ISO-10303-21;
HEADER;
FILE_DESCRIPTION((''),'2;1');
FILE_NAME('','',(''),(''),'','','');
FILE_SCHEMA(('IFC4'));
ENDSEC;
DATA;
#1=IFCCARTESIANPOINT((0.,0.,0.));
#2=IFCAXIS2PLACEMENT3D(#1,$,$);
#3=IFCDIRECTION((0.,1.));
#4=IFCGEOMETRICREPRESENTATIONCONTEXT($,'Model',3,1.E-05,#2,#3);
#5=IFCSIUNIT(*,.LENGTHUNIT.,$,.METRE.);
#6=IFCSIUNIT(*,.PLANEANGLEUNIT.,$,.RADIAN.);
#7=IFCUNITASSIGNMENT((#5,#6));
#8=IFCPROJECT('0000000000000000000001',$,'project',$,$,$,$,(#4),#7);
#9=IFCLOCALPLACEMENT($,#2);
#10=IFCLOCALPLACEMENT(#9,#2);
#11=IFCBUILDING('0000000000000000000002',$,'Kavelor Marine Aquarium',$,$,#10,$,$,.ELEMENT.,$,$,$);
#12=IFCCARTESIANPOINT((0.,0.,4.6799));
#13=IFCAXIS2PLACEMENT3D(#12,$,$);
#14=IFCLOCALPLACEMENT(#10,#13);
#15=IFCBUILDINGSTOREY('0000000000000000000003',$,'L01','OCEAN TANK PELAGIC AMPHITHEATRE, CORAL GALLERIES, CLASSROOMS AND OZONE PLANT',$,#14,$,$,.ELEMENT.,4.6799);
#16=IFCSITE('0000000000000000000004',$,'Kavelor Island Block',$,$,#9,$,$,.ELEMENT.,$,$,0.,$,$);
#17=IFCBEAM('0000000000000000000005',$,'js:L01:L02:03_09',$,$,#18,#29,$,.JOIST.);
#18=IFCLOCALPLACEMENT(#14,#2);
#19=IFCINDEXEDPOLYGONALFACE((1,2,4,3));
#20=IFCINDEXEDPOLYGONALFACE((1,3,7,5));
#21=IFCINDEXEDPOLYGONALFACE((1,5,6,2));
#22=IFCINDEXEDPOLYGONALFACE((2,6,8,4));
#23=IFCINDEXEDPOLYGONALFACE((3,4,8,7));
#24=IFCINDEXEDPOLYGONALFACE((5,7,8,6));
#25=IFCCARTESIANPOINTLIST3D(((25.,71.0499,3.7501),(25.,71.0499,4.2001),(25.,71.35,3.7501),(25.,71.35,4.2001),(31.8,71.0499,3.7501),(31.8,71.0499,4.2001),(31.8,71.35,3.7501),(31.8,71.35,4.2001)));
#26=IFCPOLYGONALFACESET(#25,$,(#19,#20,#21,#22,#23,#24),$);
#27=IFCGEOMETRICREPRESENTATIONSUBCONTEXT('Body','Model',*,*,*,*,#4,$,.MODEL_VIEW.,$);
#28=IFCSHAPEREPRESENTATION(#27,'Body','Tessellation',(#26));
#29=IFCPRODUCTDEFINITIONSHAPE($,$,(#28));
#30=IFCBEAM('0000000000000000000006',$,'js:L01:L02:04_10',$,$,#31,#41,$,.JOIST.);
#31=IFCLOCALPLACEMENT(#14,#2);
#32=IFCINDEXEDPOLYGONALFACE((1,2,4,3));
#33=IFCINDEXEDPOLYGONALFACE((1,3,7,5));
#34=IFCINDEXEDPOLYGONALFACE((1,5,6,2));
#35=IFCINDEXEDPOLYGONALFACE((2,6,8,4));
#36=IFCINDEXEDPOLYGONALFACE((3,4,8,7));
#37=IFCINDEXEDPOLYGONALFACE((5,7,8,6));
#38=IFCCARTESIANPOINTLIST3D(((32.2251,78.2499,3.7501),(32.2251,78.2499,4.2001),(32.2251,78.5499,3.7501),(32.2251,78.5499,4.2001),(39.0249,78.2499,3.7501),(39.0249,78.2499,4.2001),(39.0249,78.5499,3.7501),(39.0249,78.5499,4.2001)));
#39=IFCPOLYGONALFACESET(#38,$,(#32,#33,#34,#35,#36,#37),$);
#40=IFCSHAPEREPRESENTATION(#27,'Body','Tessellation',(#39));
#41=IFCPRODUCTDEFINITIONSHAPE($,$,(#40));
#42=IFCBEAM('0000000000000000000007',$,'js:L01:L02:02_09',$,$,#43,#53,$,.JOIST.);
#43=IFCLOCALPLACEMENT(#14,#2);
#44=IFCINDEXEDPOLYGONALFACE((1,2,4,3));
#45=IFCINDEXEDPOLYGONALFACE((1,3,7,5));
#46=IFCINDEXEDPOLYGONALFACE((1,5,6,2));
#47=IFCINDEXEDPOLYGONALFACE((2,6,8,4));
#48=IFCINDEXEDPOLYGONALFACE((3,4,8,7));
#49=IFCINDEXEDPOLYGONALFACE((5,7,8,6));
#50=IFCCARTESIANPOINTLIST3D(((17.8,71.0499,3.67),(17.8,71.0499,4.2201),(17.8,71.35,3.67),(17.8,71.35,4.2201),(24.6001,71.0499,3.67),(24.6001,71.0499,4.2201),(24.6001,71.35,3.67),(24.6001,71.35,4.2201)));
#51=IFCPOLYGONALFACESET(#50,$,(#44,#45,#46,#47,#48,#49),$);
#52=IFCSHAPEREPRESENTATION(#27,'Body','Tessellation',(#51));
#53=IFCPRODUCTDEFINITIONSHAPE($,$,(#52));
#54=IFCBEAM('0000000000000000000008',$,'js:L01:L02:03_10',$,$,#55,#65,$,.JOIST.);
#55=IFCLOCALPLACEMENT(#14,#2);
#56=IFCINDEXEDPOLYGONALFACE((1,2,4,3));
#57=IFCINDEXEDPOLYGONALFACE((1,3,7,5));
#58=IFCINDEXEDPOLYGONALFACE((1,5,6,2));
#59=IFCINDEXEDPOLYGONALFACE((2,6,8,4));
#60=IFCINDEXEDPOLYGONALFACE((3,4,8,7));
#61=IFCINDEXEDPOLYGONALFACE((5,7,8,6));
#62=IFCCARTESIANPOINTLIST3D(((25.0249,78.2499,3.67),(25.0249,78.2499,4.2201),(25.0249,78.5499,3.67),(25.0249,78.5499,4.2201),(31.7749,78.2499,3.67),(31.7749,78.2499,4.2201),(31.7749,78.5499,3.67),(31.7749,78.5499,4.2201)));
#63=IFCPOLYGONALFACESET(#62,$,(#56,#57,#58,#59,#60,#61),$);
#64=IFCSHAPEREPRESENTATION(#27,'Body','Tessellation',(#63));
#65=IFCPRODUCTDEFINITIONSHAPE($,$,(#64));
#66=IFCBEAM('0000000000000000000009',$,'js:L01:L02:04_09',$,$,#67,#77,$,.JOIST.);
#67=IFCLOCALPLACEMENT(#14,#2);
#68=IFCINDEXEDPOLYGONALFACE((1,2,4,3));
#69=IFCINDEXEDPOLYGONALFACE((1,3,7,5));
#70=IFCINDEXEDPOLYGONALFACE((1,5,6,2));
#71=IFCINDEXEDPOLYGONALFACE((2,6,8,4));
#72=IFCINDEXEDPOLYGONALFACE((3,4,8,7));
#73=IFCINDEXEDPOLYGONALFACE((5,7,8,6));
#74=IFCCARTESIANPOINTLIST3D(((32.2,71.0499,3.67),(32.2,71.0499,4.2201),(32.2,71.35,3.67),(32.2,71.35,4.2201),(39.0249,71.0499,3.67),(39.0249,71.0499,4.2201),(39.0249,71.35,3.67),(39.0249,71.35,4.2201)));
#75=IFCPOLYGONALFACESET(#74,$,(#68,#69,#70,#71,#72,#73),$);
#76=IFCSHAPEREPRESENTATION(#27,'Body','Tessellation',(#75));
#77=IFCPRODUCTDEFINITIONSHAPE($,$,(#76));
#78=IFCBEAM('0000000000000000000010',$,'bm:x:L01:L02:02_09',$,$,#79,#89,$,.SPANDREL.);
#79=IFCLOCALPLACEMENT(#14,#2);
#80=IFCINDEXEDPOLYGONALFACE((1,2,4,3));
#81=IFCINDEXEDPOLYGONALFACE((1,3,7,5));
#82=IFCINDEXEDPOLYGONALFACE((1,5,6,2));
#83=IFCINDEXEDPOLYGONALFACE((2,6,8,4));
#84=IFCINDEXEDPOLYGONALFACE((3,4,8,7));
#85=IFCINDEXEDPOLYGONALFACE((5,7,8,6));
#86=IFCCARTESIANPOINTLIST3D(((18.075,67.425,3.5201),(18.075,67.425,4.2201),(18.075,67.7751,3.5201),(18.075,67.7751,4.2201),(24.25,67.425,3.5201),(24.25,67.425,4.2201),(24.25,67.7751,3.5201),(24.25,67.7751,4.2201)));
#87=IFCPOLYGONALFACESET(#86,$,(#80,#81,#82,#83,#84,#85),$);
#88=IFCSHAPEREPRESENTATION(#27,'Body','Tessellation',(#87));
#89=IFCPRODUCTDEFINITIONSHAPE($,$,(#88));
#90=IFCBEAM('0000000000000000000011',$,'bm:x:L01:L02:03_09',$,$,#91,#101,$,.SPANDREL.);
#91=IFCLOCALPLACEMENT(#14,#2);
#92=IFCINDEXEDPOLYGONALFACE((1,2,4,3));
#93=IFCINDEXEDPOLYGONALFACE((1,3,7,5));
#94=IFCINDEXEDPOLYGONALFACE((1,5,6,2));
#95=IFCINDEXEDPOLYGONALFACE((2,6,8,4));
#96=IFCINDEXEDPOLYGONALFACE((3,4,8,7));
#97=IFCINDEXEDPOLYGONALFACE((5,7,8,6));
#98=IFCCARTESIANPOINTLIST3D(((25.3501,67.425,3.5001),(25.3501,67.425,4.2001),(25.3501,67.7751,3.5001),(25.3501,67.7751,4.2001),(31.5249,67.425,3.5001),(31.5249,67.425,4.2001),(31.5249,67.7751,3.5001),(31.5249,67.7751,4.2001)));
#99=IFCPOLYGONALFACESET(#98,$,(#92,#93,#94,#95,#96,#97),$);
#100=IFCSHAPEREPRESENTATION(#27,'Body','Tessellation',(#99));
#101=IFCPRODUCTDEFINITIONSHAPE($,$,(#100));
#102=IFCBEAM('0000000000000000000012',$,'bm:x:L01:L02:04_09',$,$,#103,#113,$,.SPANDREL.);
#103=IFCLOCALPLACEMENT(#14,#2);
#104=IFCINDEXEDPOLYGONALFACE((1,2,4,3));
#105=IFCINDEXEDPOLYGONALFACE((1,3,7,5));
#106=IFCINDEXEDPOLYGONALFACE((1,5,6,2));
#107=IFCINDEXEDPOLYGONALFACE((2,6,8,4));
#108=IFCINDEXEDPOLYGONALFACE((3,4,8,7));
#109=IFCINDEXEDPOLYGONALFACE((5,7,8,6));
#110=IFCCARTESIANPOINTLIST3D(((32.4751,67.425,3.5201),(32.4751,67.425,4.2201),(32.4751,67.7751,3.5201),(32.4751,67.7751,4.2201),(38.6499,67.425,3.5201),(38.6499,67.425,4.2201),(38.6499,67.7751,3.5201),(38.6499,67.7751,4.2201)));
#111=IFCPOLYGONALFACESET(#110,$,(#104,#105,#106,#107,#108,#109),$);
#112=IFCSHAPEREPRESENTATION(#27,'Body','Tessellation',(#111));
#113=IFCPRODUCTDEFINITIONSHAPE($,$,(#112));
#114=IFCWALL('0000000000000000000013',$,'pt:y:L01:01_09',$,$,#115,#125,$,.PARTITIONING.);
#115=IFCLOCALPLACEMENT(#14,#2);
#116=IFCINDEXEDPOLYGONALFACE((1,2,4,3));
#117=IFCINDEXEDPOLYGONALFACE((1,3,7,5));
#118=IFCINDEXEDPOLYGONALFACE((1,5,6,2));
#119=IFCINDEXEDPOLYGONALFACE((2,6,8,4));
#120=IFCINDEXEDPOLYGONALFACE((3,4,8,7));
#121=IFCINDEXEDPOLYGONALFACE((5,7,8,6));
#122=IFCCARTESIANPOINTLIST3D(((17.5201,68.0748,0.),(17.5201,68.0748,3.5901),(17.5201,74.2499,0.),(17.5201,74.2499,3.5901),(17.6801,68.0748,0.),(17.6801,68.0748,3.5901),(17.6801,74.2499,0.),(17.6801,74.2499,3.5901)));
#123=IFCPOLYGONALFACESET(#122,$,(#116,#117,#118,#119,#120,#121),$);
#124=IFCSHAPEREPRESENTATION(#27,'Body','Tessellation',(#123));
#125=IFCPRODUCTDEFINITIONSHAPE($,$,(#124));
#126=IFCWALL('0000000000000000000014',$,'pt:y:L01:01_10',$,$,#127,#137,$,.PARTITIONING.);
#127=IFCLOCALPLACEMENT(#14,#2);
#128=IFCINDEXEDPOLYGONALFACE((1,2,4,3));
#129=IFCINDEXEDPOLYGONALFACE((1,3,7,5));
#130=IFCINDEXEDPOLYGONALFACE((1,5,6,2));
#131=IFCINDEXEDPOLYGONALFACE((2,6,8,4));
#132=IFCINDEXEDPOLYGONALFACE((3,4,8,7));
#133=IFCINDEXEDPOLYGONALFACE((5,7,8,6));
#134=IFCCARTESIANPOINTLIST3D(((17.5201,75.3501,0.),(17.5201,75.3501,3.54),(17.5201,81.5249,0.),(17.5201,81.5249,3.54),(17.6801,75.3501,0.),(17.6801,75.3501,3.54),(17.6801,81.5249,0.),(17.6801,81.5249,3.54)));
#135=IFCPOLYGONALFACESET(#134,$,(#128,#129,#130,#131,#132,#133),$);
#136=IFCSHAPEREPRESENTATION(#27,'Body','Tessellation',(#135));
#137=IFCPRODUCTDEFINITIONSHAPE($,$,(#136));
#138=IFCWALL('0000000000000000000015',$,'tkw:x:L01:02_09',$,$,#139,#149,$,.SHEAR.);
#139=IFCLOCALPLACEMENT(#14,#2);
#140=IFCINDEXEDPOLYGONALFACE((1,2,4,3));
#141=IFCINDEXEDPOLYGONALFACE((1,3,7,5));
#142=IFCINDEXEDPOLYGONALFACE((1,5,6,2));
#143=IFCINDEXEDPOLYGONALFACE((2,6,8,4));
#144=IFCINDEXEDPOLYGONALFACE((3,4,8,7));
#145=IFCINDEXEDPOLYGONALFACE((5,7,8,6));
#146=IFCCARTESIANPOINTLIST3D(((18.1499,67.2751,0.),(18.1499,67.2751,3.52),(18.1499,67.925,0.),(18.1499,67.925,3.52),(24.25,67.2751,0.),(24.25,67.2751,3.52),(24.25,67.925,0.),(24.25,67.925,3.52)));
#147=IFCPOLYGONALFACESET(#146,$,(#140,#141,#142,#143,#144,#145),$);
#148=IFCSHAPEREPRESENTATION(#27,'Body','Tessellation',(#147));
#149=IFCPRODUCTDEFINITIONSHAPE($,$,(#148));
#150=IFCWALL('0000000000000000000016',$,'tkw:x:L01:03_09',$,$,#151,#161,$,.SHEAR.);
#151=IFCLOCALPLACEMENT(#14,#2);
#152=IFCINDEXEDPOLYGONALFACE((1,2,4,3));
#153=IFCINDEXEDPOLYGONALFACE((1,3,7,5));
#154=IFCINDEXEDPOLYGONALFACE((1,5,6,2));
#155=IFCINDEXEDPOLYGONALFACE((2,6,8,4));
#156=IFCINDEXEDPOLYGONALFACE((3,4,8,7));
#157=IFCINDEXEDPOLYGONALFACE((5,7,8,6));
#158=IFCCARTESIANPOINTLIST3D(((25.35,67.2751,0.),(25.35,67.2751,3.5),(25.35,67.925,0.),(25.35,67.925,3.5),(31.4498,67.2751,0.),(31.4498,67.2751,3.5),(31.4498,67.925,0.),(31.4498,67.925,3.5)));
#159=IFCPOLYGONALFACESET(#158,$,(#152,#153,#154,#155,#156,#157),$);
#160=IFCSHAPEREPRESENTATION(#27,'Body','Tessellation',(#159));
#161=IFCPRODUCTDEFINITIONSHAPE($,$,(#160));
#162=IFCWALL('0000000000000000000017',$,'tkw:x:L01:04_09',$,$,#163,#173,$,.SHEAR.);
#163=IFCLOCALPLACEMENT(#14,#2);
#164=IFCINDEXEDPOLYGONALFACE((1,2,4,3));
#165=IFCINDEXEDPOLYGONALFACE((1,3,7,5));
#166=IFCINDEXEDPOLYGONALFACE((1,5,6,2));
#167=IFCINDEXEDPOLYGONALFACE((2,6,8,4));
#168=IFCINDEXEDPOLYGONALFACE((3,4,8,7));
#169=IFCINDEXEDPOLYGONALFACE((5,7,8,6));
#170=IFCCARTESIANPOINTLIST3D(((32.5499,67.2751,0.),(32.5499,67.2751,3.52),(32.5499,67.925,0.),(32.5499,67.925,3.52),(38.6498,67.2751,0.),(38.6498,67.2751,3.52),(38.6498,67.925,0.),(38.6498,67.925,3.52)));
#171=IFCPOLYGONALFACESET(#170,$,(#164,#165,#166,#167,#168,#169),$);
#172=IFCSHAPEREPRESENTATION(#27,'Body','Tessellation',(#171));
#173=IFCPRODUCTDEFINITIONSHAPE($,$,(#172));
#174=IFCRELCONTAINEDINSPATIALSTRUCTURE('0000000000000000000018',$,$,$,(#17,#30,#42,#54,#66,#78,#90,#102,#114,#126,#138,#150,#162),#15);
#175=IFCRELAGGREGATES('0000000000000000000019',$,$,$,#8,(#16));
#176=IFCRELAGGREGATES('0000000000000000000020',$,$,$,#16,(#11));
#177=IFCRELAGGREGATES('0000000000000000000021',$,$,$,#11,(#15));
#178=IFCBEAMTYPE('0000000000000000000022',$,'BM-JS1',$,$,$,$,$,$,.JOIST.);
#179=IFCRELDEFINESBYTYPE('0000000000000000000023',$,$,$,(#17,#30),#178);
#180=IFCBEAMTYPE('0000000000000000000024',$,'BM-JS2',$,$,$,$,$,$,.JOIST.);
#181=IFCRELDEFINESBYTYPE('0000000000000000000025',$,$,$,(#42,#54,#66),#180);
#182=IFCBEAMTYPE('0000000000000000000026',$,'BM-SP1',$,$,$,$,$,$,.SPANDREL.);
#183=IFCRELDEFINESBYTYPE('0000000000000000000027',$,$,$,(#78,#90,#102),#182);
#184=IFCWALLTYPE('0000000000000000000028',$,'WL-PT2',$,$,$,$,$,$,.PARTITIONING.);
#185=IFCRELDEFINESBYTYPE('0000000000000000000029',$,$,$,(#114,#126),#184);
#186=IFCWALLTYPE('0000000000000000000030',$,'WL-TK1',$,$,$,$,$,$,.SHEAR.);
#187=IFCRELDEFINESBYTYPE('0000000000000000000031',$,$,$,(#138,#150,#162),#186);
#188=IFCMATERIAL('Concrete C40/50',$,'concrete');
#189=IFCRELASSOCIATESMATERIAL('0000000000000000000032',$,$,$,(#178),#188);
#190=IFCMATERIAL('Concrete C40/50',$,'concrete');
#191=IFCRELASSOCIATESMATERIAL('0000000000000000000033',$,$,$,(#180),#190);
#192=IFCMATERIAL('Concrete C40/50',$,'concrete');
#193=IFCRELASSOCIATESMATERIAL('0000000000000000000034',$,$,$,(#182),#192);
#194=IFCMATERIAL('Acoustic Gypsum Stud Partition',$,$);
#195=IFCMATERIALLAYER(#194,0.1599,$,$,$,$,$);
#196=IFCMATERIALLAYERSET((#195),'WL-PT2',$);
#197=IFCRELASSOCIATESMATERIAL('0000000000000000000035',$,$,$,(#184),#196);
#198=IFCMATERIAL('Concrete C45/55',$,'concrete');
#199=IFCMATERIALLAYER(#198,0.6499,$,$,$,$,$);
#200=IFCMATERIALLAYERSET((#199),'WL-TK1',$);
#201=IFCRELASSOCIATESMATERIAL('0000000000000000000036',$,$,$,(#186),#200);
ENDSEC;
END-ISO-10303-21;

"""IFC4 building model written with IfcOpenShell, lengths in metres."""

from ifc_helpers import new_model, si_unit, direction, frame, frame_2d, origin, origin_2d, place, context, subcontext, project, spatial, rectangle, extrude, material, layer, layer_set, material_profile, profile_set, type_object, element, save


model = new_model("IFC4")

# Units and contexts
model_context = context("Model", 3, precision=1e-05, world=origin(), true_north=direction((0.0, 1.0)))
body_context = subcontext(model_context, "Body", "Model", "MODEL_VIEW")
ifc_project = project(units=[si_unit("LENGTHUNIT", "METRE"), si_unit("PLANEANGLEUNIT", "RADIAN")], contexts=[model_context])

# Site, building, storey
site_placement = place(None, origin())
site = spatial("IfcSite", under=ifc_project, at=site_placement, Name="Kavelor Island Block", CompositionType="ELEMENT", RefElevation=0.0)
building_placement = place(site_placement, origin())
building = spatial("IfcBuilding", under=site, at=building_placement, Name="Kavelor Marine Aquarium", CompositionType="ELEMENT")
storey_placement = place(building_placement, frame((0.0, 0.0, 4.6799)))
storey = spatial("IfcBuildingStorey", under=building, at=storey_placement, Name="L01", Description="OCEAN TANK PELAGIC AMPHITHEATRE, CORAL GALLERIES, CLASSROOMS AND OZONE PLANT", CompositionType="ELEMENT", Elevation=4.6799)

# Beams
ifc_material_1 = material(Name="Concrete C40/50", Category="concrete")
ifc_material_profile_1 = material_profile(ifc_material_1, rectangle(XDim=0.3, YDim=0.45, at=origin_2d()), Name="RC-JS 300x450")
ifc_profile_set_1 = profile_set([ifc_material_profile_1], Name="Concrete C40/50")
beam_type_1 = type_object("IfcBeamType", Name="BM-JS1", PredefinedType="JOIST", material=ifc_profile_set_1)
beam_1_placement = place(storey_placement, frame((25.0, 71.2, 3.9751), z_axis=(1.0, 0.0, 0.0), x_axis=(0.0, 1.0, 0.0)))
element("IfcBeam", 1, at=beam_1_placement, inside=storey, type_object=beam_type_1, Name="js:L01:L02:03_09", PredefinedType="JOIST", context=body_context, shape_type="SweptSolid", body=[
    extrude(rectangle(XDim=0.3, YDim=0.45, at=origin_2d()), origin(), (0.0, 0.0, 1.0), 6.8),
])
beam_2_placement = place(storey_placement, frame((32.2251, 78.3999, 3.9751), z_axis=(1.0, 0.0, 0.0), x_axis=(0.0, 1.0, 0.0)))
element("IfcBeam", 2, at=beam_2_placement, inside=storey, type_object=beam_type_1, Name="js:L01:L02:04_10", PredefinedType="JOIST", context=body_context, shape_type="SweptSolid", body=[
    extrude(rectangle(XDim=0.3, YDim=0.45, at=origin_2d()), origin(), (0.0, 0.0, 1.0), 6.7998),
])
ifc_material_2 = material(Name="Concrete C40/50", Category="concrete")
ifc_material_profile_2 = material_profile(ifc_material_2, rectangle(XDim=0.3, YDim=0.55, at=origin_2d()), Name="RC-JS 300x550")
ifc_profile_set_2 = profile_set([ifc_material_profile_2], Name="Concrete C40/50")
beam_type_2 = type_object("IfcBeamType", Name="BM-JS2", PredefinedType="JOIST", material=ifc_profile_set_2)
beam_3_placement = place(storey_placement, frame((17.8, 71.2, 3.9451), z_axis=(1.0, 0.0, 0.0), x_axis=(0.0, 1.0, 0.0)))
element("IfcBeam", 3, at=beam_3_placement, inside=storey, type_object=beam_type_2, Name="js:L01:L02:02_09", PredefinedType="JOIST", context=body_context, shape_type="SweptSolid", body=[
    extrude(rectangle(XDim=0.3, YDim=0.55, at=origin_2d()), origin(), (0.0, 0.0, 1.0), 6.8),
])
beam_4_placement = place(storey_placement, frame((25.0249, 78.3999, 3.9451), z_axis=(1.0, 0.0, 0.0), x_axis=(0.0, 1.0, 0.0)))
element("IfcBeam", 4, at=beam_4_placement, inside=storey, type_object=beam_type_2, Name="js:L01:L02:03_10", PredefinedType="JOIST", context=body_context, shape_type="SweptSolid", body=[
    extrude(rectangle(XDim=0.3, YDim=0.55, at=origin_2d()), origin(), (0.0, 0.0, 1.0), 6.75),
])
beam_5_placement = place(storey_placement, frame((32.2, 71.2, 3.9451), z_axis=(1.0, 0.0, 0.0), x_axis=(0.0, 1.0, 0.0)))
element("IfcBeam", 5, at=beam_5_placement, inside=storey, type_object=beam_type_2, Name="js:L01:L02:04_09", PredefinedType="JOIST", context=body_context, shape_type="SweptSolid", body=[
    extrude(rectangle(XDim=0.3, YDim=0.55, at=origin_2d()), origin(), (0.0, 0.0, 1.0), 6.825),
])
ifc_material_3 = material(Name="Concrete C40/50", Category="concrete")
ifc_material_profile_3 = material_profile(ifc_material_3, rectangle(XDim=0.3501, YDim=0.7, at=origin_2d()), Name="RC-SP 350x700")
ifc_profile_set_3 = profile_set([ifc_material_profile_3], Name="Concrete C40/50")
beam_type_3 = type_object("IfcBeamType", Name="BM-SP1", PredefinedType="SPANDREL", material=ifc_profile_set_3)
beam_6_placement = place(storey_placement, frame((18.075, 67.6001, 3.8701), z_axis=(1.0, 0.0, 0.0), x_axis=(0.0, 1.0, 0.0)))
element("IfcBeam", 6, at=beam_6_placement, inside=storey, type_object=beam_type_3, Name="bm:x:L01:L02:02_09", PredefinedType="SPANDREL", context=body_context, shape_type="SweptSolid", body=[
    extrude(rectangle(XDim=0.3501, YDim=0.7, at=origin_2d()), origin(), (0.0, 0.0, 1.0), 6.175),
])
for number, where, z_axis, x_axis, name in (
    (7, (25.3501, 67.6001, 3.8501), (1.0, 0.0, 0.0), (0.0, 1.0, 0.0), "bm:x:L01:L02:03_09"),
    (8, (32.4751, 67.6001, 3.8701), (1.0, 0.0, 0.0), (0.0, 1.0, 0.0), "bm:x:L01:L02:04_09"),
):
    element("IfcBeam", number, at=place(storey_placement, frame(where, z_axis=z_axis, x_axis=x_axis)), inside=storey, type_object=beam_type_3, Name=name, PredefinedType="SPANDREL", context=body_context, shape_type="SweptSolid", body=[
        extrude(rectangle(XDim=0.3501, YDim=0.7, at=origin_2d()), origin(), (0.0, 0.0, 1.0), 6.1748),
    ])

# Walls
ifc_material_4 = material(Name="Acoustic Gypsum Stud Partition")
ifc_layer_1 = layer(ifc_material_4, 0.1599)
ifc_layer_set_1 = layer_set([ifc_layer_1], Name="WL-PT2")
wall_type_1 = type_object("IfcWallType", Name="WL-PT2", PredefinedType="PARTITIONING", material=ifc_layer_set_1)
wall_1_placement = place(storey_placement, frame((17.6001, 68.075, 0.0), z_axis=(0.0, 0.0, 1.0), x_axis=(0.0, 1.0, 0.0)))
element("IfcWall", 9, at=wall_1_placement, inside=storey, type_object=wall_type_1, Name="pt:y:L01:01_09", PredefinedType="PARTITIONING", context=body_context, shape_type="SweptSolid", body=[
    extrude(rectangle(XDim=6.175, YDim=0.1599, at=frame_2d((3.0874, 0.0))), origin(), (0.0, 0.0, 1.0), 3.5901),
])
wall_2_placement = place(storey_placement, frame((17.6001, 75.3501, 0.0), z_axis=(0.0, 0.0, 1.0), x_axis=(0.0, 1.0, 0.0)))
element("IfcWall", 10, at=wall_2_placement, inside=storey, type_object=wall_type_1, Name="pt:y:L01:01_10", PredefinedType="PARTITIONING", context=body_context, shape_type="SweptSolid", body=[
    extrude(rectangle(XDim=6.1748, YDim=0.1599, at=frame_2d((3.0874, 0.0))), origin(), (0.0, 0.0, 1.0), 3.54),
])
ifc_material_5 = material(Name="Concrete C45/55", Category="concrete")
ifc_layer_2 = layer(ifc_material_5, 0.6499)
ifc_layer_set_2 = layer_set([ifc_layer_2], Name="WL-TK1")
wall_type_2 = type_object("IfcWallType", Name="WL-TK1", PredefinedType="SHEAR", material=ifc_layer_set_2)
wall_3_placement = place(storey_placement, frame((18.1499, 67.6001, 0.0), z_axis=(0.0, 0.0, 1.0), x_axis=(1.0, 0.0, 0.0)))
element("IfcWall", 11, at=wall_3_placement, inside=storey, type_object=wall_type_2, Name="tkw:x:L01:02_09", PredefinedType="SHEAR", context=body_context, shape_type="SweptSolid", body=[
    extrude(rectangle(XDim=6.1001, YDim=0.6499, at=frame_2d((3.05, 0.0))), origin(), (0.0, 0.0, 1.0), 3.52),
])
wall_4_placement = place(storey_placement, frame((25.3501, 67.6001, 0.0), z_axis=(0.0, 0.0, 1.0), x_axis=(1.0, 0.0, 0.0)))
element("IfcWall", 12, at=wall_4_placement, inside=storey, type_object=wall_type_2, Name="tkw:x:L01:03_09", PredefinedType="SHEAR", context=body_context, shape_type="SweptSolid", body=[
    extrude(rectangle(XDim=6.0999, YDim=0.6499, at=frame_2d((3.0498, 0.0))), origin(), (0.0, 0.0, 1.0), 3.5),
])
wall_5_placement = place(storey_placement, frame((32.55, 67.6001, 0.0), z_axis=(0.0, 0.0, 1.0), x_axis=(1.0, 0.0, 0.0)))
element("IfcWall", 13, at=wall_5_placement, inside=storey, type_object=wall_type_2, Name="tkw:x:L01:04_09", PredefinedType="SHEAR", context=body_context, shape_type="SweptSolid", body=[
    extrude(rectangle(XDim=6.0999, YDim=0.6499, at=frame_2d((3.0498, 0.0))), origin(), (0.0, 0.0, 1.0), 3.52),
])

save(model, "model.ifc")
